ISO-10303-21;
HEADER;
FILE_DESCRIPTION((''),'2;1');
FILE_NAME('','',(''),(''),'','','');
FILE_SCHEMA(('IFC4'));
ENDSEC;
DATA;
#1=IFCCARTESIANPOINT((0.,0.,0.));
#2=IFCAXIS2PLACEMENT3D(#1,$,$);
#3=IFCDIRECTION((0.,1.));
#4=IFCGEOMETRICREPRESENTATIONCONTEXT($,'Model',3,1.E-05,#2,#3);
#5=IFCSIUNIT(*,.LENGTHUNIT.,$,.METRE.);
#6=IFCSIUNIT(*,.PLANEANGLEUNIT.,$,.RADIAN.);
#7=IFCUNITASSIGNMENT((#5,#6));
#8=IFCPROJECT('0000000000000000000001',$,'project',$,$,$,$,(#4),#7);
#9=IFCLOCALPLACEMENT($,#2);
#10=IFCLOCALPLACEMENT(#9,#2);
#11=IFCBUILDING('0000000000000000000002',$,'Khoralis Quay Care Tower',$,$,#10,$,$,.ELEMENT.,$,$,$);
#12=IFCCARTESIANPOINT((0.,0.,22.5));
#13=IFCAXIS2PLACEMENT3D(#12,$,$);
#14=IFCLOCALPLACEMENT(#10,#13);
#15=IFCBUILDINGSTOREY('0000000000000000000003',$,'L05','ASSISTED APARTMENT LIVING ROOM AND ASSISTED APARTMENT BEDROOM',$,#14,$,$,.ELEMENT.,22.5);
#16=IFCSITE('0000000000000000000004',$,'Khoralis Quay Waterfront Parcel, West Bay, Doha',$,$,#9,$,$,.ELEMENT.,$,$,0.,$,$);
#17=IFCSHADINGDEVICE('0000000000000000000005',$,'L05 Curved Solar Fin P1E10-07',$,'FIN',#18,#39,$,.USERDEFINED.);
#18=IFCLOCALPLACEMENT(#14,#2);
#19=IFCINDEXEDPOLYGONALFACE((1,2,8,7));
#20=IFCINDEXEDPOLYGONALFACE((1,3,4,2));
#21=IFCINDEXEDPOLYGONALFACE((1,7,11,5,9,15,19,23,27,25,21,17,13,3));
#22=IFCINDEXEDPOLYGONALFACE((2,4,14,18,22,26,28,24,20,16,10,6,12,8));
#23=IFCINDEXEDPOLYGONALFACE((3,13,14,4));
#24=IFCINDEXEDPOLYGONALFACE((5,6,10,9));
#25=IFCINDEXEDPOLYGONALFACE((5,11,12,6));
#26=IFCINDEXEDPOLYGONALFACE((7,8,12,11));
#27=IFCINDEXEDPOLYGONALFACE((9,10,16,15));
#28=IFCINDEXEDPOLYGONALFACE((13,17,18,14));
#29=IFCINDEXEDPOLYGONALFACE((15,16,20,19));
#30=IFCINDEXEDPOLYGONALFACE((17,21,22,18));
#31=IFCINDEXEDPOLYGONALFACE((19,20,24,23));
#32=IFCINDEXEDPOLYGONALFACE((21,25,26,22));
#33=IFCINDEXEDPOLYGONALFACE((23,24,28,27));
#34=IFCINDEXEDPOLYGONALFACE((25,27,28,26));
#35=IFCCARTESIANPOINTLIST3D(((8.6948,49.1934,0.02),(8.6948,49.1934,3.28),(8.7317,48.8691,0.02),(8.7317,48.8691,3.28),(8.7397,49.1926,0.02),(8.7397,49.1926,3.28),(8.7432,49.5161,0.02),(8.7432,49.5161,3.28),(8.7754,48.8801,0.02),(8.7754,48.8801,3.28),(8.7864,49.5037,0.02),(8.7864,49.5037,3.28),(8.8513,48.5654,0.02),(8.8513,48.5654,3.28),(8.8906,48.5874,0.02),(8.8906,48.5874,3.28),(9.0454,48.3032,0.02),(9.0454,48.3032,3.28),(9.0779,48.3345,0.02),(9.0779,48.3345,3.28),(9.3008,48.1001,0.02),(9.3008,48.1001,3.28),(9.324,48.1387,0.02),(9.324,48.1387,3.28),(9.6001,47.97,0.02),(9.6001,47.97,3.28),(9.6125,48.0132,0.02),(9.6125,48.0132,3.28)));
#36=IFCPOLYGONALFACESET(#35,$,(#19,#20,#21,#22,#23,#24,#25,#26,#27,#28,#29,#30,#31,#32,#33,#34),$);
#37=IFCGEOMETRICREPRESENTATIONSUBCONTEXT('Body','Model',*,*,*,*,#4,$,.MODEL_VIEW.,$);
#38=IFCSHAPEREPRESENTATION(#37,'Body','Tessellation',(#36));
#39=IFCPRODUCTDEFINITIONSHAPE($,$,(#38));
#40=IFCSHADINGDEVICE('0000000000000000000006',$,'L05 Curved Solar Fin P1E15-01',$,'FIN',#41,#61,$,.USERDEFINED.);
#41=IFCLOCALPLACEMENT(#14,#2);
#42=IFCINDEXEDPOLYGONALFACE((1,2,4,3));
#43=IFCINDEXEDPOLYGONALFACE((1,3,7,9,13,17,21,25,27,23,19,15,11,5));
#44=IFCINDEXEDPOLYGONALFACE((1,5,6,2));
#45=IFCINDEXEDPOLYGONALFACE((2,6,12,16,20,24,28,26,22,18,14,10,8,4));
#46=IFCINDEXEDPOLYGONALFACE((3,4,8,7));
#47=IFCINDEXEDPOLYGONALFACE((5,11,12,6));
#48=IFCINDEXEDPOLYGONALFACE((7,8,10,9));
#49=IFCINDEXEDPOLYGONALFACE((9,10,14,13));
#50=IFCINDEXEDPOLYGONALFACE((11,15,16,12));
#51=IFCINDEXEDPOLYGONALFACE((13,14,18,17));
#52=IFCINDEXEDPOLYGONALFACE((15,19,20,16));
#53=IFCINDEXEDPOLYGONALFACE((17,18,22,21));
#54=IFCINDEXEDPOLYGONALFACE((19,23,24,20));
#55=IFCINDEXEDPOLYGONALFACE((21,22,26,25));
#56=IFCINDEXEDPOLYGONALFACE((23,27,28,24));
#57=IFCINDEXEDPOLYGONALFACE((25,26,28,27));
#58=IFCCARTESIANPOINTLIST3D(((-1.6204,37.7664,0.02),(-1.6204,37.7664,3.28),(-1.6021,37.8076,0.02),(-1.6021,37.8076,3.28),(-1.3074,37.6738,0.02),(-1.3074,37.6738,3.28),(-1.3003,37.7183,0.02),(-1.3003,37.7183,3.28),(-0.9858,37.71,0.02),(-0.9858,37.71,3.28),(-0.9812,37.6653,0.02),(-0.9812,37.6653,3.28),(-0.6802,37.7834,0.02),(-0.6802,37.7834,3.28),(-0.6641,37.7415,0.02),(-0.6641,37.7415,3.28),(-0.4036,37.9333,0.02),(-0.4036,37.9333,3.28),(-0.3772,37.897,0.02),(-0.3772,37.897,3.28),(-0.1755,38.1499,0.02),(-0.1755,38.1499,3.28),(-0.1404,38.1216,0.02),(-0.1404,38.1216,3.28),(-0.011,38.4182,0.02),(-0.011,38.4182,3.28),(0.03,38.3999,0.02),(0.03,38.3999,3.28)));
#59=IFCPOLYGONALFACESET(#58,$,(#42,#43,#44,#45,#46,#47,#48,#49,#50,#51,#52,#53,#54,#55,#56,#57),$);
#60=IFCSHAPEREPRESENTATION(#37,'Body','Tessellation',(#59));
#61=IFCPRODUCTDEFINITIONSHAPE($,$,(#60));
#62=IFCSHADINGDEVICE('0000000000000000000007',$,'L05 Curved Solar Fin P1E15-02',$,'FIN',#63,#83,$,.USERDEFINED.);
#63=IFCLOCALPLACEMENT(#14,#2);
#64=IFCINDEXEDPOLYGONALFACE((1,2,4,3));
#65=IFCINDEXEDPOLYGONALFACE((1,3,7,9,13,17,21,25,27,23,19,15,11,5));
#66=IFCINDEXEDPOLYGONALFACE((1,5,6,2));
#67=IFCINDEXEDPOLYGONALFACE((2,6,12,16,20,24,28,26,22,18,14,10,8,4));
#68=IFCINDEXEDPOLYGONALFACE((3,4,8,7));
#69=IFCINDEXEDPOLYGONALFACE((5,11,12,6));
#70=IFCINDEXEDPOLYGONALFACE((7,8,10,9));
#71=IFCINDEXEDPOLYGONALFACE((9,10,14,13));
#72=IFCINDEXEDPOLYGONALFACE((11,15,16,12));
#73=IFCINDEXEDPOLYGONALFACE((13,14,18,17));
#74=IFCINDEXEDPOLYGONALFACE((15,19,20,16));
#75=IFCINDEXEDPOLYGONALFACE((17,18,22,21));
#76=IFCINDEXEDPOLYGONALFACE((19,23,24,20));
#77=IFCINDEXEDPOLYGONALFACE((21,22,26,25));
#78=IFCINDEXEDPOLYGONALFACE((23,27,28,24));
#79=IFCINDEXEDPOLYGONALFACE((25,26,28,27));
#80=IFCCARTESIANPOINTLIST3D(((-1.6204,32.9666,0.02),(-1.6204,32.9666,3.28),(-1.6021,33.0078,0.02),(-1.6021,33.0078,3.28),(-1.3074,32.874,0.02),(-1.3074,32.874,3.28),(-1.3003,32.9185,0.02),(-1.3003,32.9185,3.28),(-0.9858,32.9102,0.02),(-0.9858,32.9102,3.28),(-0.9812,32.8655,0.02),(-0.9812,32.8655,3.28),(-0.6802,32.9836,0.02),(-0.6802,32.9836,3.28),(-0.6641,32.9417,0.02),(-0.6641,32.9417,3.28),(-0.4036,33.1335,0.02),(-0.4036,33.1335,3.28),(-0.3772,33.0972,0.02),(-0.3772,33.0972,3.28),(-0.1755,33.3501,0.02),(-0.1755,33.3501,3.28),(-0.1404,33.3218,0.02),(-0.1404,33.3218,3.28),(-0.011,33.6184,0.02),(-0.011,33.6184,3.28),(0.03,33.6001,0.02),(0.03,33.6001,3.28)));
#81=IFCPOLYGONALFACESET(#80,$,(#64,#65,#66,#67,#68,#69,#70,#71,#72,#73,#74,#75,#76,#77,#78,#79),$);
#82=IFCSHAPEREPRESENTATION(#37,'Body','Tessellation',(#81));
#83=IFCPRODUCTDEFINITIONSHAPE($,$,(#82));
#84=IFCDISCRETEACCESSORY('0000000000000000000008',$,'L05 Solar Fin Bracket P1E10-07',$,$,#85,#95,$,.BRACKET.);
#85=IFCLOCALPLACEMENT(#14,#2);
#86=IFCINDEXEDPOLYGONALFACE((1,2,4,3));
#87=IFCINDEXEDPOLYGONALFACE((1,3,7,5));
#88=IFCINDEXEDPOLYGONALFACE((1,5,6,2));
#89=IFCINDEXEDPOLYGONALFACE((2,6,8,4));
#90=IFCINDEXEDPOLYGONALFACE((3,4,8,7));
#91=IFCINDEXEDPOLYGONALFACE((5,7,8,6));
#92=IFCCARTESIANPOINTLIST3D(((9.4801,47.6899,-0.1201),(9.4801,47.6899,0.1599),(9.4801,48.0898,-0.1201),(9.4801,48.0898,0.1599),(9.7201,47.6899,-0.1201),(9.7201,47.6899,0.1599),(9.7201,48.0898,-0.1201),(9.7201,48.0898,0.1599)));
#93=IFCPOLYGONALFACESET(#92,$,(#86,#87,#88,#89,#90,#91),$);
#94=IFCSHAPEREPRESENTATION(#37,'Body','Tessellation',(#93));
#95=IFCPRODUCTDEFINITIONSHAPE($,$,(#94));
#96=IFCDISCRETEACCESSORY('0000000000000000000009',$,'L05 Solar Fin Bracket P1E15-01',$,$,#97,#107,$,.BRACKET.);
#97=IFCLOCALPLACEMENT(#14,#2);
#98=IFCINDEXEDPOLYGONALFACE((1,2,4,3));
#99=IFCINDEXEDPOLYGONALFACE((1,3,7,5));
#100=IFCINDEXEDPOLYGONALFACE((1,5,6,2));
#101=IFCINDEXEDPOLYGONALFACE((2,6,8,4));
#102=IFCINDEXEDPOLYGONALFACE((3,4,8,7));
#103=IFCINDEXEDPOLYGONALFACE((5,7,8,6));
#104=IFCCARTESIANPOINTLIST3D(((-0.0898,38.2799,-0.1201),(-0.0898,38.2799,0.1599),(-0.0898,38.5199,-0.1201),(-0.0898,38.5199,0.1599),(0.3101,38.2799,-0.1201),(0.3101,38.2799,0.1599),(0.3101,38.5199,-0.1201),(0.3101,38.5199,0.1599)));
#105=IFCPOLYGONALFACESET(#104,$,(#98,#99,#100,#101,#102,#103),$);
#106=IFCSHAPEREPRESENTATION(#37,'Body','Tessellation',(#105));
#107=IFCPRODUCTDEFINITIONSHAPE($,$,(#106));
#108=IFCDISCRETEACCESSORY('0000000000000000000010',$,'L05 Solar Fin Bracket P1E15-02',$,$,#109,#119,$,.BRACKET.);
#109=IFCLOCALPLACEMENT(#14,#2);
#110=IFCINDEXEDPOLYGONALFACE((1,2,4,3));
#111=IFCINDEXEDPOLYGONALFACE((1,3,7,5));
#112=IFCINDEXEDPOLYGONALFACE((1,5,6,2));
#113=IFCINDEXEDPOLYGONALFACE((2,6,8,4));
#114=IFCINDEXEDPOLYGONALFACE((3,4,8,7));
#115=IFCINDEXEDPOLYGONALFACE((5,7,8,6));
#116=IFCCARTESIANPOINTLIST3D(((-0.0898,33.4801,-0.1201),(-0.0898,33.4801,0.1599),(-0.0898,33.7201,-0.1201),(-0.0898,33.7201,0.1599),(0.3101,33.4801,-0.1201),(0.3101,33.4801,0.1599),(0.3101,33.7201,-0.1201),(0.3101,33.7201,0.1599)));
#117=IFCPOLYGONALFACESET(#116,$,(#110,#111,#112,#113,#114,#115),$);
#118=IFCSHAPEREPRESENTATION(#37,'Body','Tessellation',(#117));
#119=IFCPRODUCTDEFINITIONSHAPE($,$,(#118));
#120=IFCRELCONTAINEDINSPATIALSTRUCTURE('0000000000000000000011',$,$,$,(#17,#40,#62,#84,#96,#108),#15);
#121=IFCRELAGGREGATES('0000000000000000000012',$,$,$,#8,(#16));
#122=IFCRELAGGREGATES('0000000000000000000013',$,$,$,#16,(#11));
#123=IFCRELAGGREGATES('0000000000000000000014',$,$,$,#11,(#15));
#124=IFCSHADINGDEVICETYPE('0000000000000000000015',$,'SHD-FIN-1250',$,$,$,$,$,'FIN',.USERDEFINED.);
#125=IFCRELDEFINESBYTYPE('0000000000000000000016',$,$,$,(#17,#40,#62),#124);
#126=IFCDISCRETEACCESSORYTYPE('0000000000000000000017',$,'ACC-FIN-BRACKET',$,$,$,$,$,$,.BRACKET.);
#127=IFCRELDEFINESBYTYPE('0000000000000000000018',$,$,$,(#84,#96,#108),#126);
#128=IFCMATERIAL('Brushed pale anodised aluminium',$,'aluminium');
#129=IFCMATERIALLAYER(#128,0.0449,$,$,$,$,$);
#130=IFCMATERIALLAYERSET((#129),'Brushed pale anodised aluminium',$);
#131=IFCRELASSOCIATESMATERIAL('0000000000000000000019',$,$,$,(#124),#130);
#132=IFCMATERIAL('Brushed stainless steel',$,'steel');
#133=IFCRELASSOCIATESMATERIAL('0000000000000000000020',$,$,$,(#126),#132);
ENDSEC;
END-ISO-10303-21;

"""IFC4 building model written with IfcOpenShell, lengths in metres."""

from ifc_helpers import new_model, si_unit, direction, frame, origin, origin_2d, place, context, subcontext, project, spatial, polyline, rectangle, outline, extrude, source, transform, mapped, material, layer, layer_set, type_object, element, save


model = new_model("IFC4")

# Units and contexts
model_context = context("Model", 3, precision=1e-05, world=origin(), true_north=direction((0.0, 1.0)))
body_context = subcontext(model_context, "Body", "Model", "MODEL_VIEW")
ifc_project = project(units=[si_unit("LENGTHUNIT", "METRE"), si_unit("PLANEANGLEUNIT", "RADIAN")], contexts=[model_context])

# Site, building, storey
site_placement = place(None, origin())
site = spatial("IfcSite", under=ifc_project, at=site_placement, Name="Khoralis Quay Waterfront Parcel, West Bay, Doha", CompositionType="ELEMENT", RefElevation=0.0)
building_placement = place(site_placement, origin())
building = spatial("IfcBuilding", under=site, at=building_placement, Name="Khoralis Quay Care Tower", CompositionType="ELEMENT")
storey_placement = place(building_placement, frame((0.0, 0.0, 22.5)))
storey = spatial("IfcBuildingStorey", under=building, at=storey_placement, Name="L05", Description="ASSISTED APARTMENT LIVING ROOM AND ASSISTED APARTMENT BEDROOM", CompositionType="ELEMENT", Elevation=22.5)

# Shading devices
ifc_material_1 = material(Name="Brushed pale anodised aluminium", Category="aluminium")
ifc_layer_1 = layer(ifc_material_1, 0.0449)
ifc_layer_set_1 = layer_set([ifc_layer_1], Name="Brushed pale anodised aluminium")
shading_device_type = type_object("IfcShadingDeviceType", Name="SHD-FIN-1250", ElementType="FIN", PredefinedType="USERDEFINED", material=ifc_layer_set_1)
shared_shape_1 = source(origin(), body_context, "Body", "SweptSolid", [
    extrude(outline(polyline([(0.0, 0.0), (0.1301, 0.2993), (0.3333, 0.5547), (0.5955, 0.7488), (0.8992, 0.8684), (1.2234, 0.9053), (1.5461, 0.8569), (1.5337, 0.8137), (1.2227, 0.8604), (0.9102, 0.8247), (0.6174, 0.7095), (0.3645, 0.5222), (0.1687, 0.2761), (0.0432, -0.0125), (0.0, 0.0)])), origin(), (0.0, 0.0, 1.0), 3.26),
])
shading_device_placement = place(storey_placement, frame((9.6001, 47.97, 0.02), z_axis=(0.0, 0.0, 1.0), x_axis=(0.0, 1.0, 0.0)))
element("IfcShadingDevice", 1, at=shading_device_placement, inside=storey, type_object=shading_device_type, Name="L05 Curved Solar Fin P1E10-07", ObjectType="FIN", PredefinedType="USERDEFINED", context=body_context, shape_type="MappedRepresentation", body=[
    mapped(shared_shape_1, transform((0.0, 0.0, 0.0), scale=1.0)),
])
shared_shape_2 = source(origin(), body_context, "Body", "SweptSolid", [
    extrude(outline(polyline([(0.0, 0.0), (0.1704, 0.2783), (0.4072, 0.5029), (0.6941, 0.6584), (1.0112, 0.7346), (1.3374, 0.7261), (1.6504, 0.6335), (1.6321, 0.5923), (1.3303, 0.6816), (1.0159, 0.6899), (0.7102, 0.6165), (0.4336, 0.4666), (0.2056, 0.25), (0.041, -0.0183), (0.0, 0.0)])), origin(), (0.0, 0.0, 1.0), 3.26),
])
for number, where, z_axis, x_axis, name in (
    (2, (0.03, 38.3999, 0.02), (0.0, 0.0, 1.0), (-1.0, 0.0, 0.0), "L05 Curved Solar Fin P1E15-01"),
    (3, (0.03, 33.6001, 0.02), (0.0, 0.0, 1.0), (-1.0, 0.0, 0.0), "L05 Curved Solar Fin P1E15-02"),
):
    element("IfcShadingDevice", number, at=place(storey_placement, frame(where, z_axis=z_axis, x_axis=x_axis)), inside=storey, type_object=shading_device_type, Name=name, ObjectType="FIN", PredefinedType="USERDEFINED", context=body_context, shape_type="MappedRepresentation", body=[
        mapped(shared_shape_2, transform((0.0, 0.0, 0.0), scale=1.0)),
    ])

# Discrete accessories
ifc_material_2 = material(Name="Brushed stainless steel", Category="steel")
discrete_accessory_type = type_object("IfcDiscreteAccessoryType", Name="ACC-FIN-BRACKET", PredefinedType="BRACKET", material=ifc_material_2)
shared_shape_3 = source(origin(), body_context, "Body", "SweptSolid", [
    extrude(rectangle(XDim=0.3999, YDim=0.24, at=origin_2d()), origin(), (0.0, 0.0, 1.0), 0.28),
])
for number, where, z_axis, x_axis, name in (
    (4, (9.6001, 47.8899, -0.1201), (0.0, 0.0, 1.0), (0.0, 1.0, 0.0), "L05 Solar Fin Bracket P1E10-07"),
    (5, (0.1101, 38.3999, -0.1201), (0.0, 0.0, 1.0), (-1.0, 0.0, 0.0), "L05 Solar Fin Bracket P1E15-01"),
    (6, (0.1101, 33.6001, -0.1201), (0.0, 0.0, 1.0), (-1.0, 0.0, 0.0), "L05 Solar Fin Bracket P1E15-02"),
):
    element("IfcDiscreteAccessory", number, at=place(storey_placement, frame(where, z_axis=z_axis, x_axis=x_axis)), inside=storey, type_object=discrete_accessory_type, Name=name, PredefinedType="BRACKET", context=body_context, shape_type="MappedRepresentation", body=[
        mapped(shared_shape_3, transform((0.0, 0.0, 0.0), scale=1.0)),
    ])

save(model, "model.ifc")
